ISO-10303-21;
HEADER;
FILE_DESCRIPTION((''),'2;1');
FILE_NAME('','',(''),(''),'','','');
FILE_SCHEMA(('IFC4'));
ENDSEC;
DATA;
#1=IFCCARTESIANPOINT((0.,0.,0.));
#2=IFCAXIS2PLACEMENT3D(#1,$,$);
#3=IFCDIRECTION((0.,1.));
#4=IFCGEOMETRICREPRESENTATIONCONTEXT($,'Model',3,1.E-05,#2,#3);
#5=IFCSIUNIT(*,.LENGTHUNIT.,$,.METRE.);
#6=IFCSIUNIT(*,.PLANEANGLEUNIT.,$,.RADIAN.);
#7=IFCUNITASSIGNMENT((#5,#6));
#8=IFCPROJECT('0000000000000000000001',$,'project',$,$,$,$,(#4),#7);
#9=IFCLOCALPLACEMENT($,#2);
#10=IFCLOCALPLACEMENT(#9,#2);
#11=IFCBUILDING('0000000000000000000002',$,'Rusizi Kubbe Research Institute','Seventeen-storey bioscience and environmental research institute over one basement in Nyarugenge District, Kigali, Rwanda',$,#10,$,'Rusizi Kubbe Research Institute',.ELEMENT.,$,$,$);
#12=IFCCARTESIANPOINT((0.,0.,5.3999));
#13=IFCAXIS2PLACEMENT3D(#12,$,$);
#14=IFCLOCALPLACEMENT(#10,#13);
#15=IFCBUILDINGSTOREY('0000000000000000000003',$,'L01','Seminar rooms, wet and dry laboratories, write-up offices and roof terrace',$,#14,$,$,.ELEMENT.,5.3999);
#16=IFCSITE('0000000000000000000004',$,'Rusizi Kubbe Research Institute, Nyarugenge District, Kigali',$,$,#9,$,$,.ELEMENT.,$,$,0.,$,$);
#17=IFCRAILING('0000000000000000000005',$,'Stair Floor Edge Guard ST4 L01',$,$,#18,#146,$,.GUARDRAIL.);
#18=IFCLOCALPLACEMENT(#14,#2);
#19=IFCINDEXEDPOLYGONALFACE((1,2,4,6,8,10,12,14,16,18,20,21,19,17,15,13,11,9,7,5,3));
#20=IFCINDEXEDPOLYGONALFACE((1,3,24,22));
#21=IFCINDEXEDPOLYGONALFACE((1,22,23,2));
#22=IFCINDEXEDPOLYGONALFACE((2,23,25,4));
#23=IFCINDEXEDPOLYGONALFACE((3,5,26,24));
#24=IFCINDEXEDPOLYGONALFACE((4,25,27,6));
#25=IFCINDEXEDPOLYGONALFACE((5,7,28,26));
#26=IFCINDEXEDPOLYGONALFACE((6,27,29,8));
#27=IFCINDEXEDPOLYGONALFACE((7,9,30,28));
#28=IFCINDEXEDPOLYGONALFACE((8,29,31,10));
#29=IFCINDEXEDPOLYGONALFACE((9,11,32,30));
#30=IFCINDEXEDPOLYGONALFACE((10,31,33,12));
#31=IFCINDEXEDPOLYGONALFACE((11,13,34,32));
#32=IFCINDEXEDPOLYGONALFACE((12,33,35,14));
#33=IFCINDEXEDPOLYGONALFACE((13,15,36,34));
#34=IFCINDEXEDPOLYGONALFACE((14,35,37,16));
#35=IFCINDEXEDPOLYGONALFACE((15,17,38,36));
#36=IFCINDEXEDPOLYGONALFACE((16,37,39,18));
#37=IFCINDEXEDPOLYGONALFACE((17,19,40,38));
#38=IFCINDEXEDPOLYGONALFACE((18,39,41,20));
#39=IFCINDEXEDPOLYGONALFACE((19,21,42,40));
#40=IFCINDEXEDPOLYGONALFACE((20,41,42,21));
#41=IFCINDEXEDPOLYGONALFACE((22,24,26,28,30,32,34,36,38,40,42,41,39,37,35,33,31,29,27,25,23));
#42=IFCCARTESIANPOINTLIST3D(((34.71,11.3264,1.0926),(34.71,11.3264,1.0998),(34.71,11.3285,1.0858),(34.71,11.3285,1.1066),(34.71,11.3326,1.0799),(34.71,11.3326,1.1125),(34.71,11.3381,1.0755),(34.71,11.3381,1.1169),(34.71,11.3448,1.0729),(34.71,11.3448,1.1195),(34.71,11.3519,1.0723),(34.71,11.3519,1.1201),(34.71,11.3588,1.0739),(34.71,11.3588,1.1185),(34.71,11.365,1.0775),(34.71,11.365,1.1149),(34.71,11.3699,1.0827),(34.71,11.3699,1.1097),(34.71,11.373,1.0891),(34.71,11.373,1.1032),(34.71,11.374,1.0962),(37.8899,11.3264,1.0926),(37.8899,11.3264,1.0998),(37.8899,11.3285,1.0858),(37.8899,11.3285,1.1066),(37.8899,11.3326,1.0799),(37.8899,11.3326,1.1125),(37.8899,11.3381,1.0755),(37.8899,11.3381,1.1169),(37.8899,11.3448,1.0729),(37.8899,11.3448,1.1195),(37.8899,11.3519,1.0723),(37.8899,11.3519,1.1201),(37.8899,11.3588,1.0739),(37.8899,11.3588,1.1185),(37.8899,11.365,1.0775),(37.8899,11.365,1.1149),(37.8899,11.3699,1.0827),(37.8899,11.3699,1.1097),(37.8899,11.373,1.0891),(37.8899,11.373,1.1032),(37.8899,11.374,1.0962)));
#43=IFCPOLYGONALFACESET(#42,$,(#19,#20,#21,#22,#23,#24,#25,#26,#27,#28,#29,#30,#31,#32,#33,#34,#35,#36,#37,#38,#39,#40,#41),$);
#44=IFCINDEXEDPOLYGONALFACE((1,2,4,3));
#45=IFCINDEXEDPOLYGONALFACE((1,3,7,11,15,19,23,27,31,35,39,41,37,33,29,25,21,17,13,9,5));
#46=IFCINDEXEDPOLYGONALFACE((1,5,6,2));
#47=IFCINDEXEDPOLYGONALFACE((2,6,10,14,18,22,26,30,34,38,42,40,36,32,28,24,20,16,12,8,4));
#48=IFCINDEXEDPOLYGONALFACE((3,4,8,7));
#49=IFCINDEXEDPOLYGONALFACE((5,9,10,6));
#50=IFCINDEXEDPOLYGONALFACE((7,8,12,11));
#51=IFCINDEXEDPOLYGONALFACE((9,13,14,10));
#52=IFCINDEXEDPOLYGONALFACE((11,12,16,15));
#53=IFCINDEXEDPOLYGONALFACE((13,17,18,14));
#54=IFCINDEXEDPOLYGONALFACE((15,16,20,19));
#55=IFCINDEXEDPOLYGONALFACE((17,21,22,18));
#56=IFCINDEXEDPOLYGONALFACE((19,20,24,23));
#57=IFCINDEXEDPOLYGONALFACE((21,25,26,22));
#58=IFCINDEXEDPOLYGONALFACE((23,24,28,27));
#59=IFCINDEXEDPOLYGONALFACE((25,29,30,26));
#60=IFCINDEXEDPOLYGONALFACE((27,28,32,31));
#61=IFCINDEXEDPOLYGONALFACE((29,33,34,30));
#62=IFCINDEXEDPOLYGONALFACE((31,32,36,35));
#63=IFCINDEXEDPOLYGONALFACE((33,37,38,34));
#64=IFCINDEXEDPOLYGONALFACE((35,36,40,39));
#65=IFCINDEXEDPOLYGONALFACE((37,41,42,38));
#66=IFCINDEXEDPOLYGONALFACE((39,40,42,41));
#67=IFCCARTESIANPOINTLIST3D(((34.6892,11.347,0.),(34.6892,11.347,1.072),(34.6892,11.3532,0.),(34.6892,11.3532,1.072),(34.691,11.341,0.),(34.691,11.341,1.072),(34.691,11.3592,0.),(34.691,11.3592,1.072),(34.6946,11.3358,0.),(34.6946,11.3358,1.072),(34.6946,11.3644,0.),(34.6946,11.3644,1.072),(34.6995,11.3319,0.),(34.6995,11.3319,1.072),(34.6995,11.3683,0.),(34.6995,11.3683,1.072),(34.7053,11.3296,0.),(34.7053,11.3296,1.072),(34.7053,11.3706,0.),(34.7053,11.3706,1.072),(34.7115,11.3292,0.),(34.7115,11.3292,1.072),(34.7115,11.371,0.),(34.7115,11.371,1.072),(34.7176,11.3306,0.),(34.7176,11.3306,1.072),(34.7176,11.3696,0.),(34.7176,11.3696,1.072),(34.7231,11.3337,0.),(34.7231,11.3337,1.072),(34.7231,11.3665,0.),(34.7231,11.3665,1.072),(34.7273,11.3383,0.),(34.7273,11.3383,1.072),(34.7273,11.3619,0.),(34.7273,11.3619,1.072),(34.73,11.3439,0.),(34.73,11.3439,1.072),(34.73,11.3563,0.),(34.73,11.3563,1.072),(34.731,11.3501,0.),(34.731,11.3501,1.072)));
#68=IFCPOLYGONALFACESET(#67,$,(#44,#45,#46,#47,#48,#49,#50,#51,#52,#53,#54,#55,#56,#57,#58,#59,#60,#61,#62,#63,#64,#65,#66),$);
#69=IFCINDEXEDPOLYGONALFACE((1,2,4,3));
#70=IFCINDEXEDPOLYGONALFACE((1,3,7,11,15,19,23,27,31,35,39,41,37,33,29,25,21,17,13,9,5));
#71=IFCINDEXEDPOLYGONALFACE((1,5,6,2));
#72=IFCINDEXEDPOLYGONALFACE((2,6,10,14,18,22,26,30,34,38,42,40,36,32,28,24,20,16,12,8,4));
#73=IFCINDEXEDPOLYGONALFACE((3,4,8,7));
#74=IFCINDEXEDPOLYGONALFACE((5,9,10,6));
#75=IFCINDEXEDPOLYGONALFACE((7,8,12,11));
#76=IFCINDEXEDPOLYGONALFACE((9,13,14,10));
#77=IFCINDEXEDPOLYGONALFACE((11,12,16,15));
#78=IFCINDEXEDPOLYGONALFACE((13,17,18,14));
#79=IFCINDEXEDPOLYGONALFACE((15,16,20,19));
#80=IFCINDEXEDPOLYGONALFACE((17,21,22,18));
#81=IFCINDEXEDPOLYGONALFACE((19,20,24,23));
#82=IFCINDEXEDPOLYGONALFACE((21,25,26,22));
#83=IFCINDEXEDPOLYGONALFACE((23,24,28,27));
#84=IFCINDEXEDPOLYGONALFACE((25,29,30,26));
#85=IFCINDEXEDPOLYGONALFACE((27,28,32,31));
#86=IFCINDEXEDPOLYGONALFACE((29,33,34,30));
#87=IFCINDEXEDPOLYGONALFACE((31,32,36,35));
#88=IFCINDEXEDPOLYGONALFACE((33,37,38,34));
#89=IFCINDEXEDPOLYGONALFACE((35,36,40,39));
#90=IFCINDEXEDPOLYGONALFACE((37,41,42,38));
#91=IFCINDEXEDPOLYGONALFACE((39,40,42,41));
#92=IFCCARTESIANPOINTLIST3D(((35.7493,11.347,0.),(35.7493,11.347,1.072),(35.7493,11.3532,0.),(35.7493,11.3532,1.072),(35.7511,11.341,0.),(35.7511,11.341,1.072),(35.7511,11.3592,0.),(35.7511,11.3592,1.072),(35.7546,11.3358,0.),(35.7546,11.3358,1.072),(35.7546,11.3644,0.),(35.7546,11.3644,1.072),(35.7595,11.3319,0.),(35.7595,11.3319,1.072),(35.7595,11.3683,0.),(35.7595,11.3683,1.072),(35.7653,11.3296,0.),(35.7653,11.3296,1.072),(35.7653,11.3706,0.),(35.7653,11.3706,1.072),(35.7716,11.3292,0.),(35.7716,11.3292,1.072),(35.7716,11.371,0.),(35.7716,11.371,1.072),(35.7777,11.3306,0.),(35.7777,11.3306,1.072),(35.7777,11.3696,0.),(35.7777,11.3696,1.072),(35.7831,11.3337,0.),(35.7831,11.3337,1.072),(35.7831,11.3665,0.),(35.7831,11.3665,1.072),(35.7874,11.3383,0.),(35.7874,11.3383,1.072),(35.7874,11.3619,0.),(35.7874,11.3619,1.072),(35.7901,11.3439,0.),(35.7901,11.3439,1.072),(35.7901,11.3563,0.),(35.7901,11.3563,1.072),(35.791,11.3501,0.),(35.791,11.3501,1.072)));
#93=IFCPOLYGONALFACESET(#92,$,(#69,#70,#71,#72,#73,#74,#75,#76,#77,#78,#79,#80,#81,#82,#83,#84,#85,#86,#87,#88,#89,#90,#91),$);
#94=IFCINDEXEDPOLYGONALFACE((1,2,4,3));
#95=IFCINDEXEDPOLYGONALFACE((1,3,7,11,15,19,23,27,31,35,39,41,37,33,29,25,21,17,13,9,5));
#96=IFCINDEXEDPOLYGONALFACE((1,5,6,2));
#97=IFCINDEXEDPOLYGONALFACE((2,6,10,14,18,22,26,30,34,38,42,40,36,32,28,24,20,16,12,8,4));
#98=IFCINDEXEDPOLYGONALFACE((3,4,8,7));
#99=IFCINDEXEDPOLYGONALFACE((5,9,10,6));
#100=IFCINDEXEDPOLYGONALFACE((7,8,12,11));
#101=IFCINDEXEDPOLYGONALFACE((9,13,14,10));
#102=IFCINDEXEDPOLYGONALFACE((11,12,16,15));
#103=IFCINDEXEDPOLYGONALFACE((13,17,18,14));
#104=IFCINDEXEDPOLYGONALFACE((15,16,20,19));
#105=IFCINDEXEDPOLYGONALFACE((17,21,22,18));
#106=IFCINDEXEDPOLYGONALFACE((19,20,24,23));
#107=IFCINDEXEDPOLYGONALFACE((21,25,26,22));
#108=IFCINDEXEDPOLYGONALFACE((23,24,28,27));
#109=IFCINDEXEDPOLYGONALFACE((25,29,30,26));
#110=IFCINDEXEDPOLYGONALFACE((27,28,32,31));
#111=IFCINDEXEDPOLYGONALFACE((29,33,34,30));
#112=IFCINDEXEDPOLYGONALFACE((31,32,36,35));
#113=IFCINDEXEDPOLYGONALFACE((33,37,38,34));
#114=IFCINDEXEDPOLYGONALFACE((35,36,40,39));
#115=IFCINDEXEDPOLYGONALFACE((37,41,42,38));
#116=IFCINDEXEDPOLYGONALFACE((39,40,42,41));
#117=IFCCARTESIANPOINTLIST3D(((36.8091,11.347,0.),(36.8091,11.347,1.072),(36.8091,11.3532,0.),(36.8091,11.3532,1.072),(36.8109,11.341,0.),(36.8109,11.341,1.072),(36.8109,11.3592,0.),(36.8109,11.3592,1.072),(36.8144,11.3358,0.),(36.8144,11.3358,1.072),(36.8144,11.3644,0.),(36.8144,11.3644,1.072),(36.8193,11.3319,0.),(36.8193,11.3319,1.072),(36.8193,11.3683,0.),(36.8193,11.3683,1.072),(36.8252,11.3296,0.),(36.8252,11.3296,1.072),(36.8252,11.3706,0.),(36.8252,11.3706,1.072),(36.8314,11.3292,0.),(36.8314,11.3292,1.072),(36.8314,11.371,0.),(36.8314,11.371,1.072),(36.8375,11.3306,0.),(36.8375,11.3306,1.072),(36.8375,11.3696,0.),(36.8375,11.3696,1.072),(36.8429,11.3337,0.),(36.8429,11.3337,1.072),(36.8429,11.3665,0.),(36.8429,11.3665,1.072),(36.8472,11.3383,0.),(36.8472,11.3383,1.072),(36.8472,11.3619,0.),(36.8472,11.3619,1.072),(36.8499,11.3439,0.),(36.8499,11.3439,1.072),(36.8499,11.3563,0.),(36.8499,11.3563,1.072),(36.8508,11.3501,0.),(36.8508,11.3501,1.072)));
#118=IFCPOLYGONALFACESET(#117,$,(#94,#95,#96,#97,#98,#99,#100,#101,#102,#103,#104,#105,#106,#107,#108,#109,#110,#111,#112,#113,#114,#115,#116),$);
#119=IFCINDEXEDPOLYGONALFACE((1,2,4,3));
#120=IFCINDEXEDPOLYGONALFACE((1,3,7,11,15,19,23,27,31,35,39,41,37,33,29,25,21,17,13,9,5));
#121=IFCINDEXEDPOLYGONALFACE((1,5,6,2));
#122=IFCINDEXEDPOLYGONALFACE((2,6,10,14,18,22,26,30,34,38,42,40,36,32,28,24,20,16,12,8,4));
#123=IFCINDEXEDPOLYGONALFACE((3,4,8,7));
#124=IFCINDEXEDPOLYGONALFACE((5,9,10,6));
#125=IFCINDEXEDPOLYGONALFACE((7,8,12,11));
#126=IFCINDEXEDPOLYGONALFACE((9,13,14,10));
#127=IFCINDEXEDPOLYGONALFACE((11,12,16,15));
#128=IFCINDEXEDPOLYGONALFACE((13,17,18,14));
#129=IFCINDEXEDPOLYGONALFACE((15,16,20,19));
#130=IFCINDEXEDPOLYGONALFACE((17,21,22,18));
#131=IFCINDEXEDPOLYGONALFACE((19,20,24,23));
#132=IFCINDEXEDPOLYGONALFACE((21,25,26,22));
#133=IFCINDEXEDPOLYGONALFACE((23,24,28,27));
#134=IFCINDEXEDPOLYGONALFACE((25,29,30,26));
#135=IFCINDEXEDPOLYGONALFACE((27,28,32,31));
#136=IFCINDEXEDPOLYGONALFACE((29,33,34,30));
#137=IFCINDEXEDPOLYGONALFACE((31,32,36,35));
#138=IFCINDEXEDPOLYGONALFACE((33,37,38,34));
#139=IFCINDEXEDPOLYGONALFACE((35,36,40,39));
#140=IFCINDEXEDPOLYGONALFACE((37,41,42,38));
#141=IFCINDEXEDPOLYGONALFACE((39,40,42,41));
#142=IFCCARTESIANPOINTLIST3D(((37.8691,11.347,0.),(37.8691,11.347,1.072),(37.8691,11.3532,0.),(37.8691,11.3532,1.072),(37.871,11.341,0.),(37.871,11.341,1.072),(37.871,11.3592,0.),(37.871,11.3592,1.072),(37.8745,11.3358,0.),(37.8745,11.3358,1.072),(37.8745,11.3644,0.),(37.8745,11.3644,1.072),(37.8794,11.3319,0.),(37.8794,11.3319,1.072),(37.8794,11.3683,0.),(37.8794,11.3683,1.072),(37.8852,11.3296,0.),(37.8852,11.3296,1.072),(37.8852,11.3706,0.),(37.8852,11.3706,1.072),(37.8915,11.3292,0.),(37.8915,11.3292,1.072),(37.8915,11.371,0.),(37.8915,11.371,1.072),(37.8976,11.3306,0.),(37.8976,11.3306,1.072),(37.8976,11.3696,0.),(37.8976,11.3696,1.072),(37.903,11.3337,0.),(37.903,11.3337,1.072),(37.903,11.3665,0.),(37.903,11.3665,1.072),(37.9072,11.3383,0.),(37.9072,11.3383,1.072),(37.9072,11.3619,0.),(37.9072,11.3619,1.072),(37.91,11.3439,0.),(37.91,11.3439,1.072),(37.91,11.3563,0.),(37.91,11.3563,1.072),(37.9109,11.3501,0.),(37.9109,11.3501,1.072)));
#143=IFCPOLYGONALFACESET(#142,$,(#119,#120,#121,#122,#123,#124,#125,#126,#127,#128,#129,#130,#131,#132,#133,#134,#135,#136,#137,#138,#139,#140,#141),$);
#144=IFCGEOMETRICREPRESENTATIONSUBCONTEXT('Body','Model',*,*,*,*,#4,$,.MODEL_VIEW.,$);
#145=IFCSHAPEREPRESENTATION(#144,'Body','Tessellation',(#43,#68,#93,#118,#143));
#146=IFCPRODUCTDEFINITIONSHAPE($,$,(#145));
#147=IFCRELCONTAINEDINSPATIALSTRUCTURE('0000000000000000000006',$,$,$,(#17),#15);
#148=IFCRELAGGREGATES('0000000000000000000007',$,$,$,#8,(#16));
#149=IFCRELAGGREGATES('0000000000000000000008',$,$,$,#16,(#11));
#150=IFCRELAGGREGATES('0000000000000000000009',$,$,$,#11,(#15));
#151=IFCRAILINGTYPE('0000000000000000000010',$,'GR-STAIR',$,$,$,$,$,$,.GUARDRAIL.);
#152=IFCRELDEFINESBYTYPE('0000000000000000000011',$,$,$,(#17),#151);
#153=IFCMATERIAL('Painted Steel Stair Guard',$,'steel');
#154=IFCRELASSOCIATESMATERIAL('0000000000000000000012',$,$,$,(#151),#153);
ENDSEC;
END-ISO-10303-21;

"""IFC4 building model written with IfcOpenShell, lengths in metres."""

from ifc_helpers import new_model, si_unit, direction, frame, origin, origin_2d, place, context, subcontext, project, spatial, circle, extrude, material, type_object, element, save


model = new_model("IFC4")

# Units and contexts
model_context = context("Model", 3, precision=1e-05, world=origin(), true_north=direction((0.0, 1.0)))
body_context = subcontext(model_context, "Body", "Model", "MODEL_VIEW")
ifc_project = project(units=[si_unit("LENGTHUNIT", "METRE"), si_unit("PLANEANGLEUNIT", "RADIAN")], contexts=[model_context])

# Site, building, storey
site_placement = place(None, origin())
site = spatial("IfcSite", under=ifc_project, at=site_placement, Name="Rusizi Kubbe Research Institute, Nyarugenge District, Kigali", CompositionType="ELEMENT", RefElevation=0.0)
building_placement = place(site_placement, origin())
building = spatial("IfcBuilding", under=site, at=building_placement, Name="Rusizi Kubbe Research Institute", Description="Seventeen-storey bioscience and environmental research institute over one basement in Nyarugenge District, Kigali, Rwanda", LongName="Rusizi Kubbe Research Institute", CompositionType="ELEMENT")
storey_placement = place(building_placement, frame((0.0, 0.0, 5.3999)))
storey = spatial("IfcBuildingStorey", under=building, at=storey_placement, Name="L01", Description="Seminar rooms, wet and dry laboratories, write-up offices and roof terrace", CompositionType="ELEMENT", Elevation=5.3999)

# Railing
ifc_material_1 = material(Name="Painted Steel Stair Guard", Category="steel")
railing_type = type_object("IfcRailingType", Name="GR-STAIR", PredefinedType="GUARDRAIL", material=ifc_material_1)
railing_1_placement = place(storey_placement, frame((34.71, 11.3501, 0.0)))
element("IfcRailing", 1, at=railing_1_placement, inside=storey, type_object=railing_type, Name="Stair Floor Edge Guard ST4 L01", PredefinedType="GUARDRAIL", context=body_context, shape_type="SweptSolid", body=[
    extrude(circle(Radius=0.0239, at=origin_2d()), frame((0.0, 0.0, 1.0962), z_axis=(1.0, 0.0, 0.0), x_axis=(0.0, 1.0, 0.0)), (0.0, 0.0, 1.0), 3.1799),
    extrude(circle(Radius=0.021, at=origin_2d()), origin(), (0.0, 0.0, 1.0), 1.072),
    extrude(circle(Radius=0.021, at=origin_2d()), frame((1.0601, 0.0, 0.0)), (0.0, 0.0, 1.0), 1.072),
    extrude(circle(Radius=0.021, at=origin_2d()), frame((2.1199, 0.0, 0.0)), (0.0, 0.0, 1.0), 1.072),
    extrude(circle(Radius=0.021, at=origin_2d()), frame((3.1799, 0.0, 0.0)), (0.0, 0.0, 1.0), 1.072),
])

save(model, "model.ifc")
